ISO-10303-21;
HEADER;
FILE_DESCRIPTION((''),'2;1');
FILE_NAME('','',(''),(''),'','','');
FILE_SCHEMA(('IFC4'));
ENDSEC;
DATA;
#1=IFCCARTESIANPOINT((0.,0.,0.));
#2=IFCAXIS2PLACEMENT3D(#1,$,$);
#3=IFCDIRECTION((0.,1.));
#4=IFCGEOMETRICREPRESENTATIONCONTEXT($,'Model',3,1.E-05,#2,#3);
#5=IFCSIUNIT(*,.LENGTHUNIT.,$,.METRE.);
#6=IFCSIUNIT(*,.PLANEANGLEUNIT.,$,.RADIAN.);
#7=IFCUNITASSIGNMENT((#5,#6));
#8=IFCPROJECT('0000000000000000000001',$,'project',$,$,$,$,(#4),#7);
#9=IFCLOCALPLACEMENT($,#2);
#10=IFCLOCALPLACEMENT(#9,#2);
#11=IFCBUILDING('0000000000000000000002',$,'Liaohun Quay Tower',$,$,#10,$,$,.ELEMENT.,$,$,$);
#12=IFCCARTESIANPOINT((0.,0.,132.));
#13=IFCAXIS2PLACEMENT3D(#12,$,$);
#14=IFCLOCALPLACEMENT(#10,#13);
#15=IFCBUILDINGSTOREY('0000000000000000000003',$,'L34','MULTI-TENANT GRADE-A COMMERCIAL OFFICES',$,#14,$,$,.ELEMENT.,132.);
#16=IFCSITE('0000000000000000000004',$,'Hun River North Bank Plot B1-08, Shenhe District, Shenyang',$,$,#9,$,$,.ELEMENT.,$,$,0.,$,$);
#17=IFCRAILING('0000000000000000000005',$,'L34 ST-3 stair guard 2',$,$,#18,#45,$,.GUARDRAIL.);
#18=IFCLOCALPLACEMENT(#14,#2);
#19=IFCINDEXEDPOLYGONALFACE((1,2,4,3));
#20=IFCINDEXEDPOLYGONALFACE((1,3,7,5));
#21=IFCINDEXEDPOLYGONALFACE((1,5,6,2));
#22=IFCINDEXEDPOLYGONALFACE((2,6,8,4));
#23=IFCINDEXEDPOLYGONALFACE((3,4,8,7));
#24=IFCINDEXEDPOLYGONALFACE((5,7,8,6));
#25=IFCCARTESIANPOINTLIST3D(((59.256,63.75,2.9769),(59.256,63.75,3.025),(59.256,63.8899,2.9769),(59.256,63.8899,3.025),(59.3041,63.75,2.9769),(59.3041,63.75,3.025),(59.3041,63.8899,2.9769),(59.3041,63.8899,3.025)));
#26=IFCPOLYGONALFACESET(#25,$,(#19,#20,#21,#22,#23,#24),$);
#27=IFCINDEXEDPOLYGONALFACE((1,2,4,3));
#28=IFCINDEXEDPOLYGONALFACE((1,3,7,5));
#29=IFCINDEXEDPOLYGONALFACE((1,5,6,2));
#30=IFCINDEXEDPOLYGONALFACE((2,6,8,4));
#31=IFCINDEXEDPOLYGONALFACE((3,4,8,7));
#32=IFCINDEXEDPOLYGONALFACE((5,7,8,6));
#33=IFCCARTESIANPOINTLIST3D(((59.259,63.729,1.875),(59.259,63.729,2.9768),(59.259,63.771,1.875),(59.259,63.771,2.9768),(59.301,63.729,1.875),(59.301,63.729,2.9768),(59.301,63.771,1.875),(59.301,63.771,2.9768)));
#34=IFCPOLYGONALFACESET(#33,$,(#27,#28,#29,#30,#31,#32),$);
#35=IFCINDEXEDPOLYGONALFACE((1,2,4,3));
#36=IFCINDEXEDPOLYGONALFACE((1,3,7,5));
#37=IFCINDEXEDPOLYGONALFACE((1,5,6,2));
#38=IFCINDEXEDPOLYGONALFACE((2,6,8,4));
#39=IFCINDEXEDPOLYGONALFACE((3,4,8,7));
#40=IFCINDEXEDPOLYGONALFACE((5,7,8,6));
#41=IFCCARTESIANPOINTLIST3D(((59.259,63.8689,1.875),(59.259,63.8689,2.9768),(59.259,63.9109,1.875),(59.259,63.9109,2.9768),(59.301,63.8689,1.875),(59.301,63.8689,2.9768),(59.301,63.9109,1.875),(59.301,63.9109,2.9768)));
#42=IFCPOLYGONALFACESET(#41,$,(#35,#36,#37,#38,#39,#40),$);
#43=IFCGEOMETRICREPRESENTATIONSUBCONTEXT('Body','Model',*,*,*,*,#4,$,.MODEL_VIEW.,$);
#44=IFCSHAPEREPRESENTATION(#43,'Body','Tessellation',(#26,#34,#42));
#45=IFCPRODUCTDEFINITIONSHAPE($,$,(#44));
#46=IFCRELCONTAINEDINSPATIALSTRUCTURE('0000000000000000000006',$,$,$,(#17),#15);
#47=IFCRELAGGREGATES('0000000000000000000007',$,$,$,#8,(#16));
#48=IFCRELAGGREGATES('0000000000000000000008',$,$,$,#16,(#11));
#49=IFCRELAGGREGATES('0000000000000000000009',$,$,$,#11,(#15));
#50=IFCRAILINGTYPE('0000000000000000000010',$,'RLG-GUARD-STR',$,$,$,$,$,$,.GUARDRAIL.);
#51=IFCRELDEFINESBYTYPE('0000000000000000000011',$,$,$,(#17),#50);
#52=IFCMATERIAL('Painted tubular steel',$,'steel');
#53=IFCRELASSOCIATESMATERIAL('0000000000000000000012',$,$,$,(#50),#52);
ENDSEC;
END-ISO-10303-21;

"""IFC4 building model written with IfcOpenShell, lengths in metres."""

from ifc_helpers import new_model, si_unit, direction, frame, origin, origin_2d, place, context, subcontext, project, spatial, rectangle, extrude, material, type_object, element, save


model = new_model("IFC4")

# Units and contexts
model_context = context("Model", 3, precision=1e-05, world=origin(), true_north=direction((0.0, 1.0)))
body_context = subcontext(model_context, "Body", "Model", "MODEL_VIEW")
ifc_project = project(units=[si_unit("LENGTHUNIT", "METRE"), si_unit("PLANEANGLEUNIT", "RADIAN")], contexts=[model_context])

# Site, building, storey
site_placement = place(None, origin())
site = spatial("IfcSite", under=ifc_project, at=site_placement, Name="Hun River North Bank Plot B1-08, Shenhe District, Shenyang", CompositionType="ELEMENT", RefElevation=0.0)
building_placement = place(site_placement, origin())
building = spatial("IfcBuilding", under=site, at=building_placement, Name="Liaohun Quay Tower", CompositionType="ELEMENT")
storey_placement = place(building_placement, frame((0.0, 0.0, 132.0)))
storey = spatial("IfcBuildingStorey", under=building, at=storey_placement, Name="L34", Description="MULTI-TENANT GRADE-A COMMERCIAL OFFICES", CompositionType="ELEMENT", Elevation=132.0)

# Railing
ifc_material_1 = material(Name="Painted tubular steel", Category="steel")
railing_type = type_object("IfcRailingType", Name="RLG-GUARD-STR", PredefinedType="GUARDRAIL", material=ifc_material_1)
railing_placement = place(storey_placement, frame((59.28, 63.75, 1.875)))
element("IfcRailing", 1, at=railing_placement, inside=storey, type_object=railing_type, Name="L34 ST-3 stair guard 2", PredefinedType="GUARDRAIL", context=body_context, shape_type="SweptSolid", body=[
    extrude(rectangle(XDim=0.0481, YDim=0.0481, at=origin_2d()), frame((0.0, 0.0, 1.126), z_axis=(0.0, 1.0, 0.0), x_axis=(-1.0, 0.0, 0.0)), (0.0, 0.0, 1.0), 0.1399),
    extrude(rectangle(XDim=0.042, YDim=0.042, at=origin_2d()), origin(), (0.0, 0.0, 1.0), 1.1018),
    extrude(rectangle(XDim=0.042, YDim=0.042, at=origin_2d()), frame((0.0, 0.1399, 0.0)), (0.0, 0.0, 1.0), 1.1018),
])

save(model, "model.ifc")
